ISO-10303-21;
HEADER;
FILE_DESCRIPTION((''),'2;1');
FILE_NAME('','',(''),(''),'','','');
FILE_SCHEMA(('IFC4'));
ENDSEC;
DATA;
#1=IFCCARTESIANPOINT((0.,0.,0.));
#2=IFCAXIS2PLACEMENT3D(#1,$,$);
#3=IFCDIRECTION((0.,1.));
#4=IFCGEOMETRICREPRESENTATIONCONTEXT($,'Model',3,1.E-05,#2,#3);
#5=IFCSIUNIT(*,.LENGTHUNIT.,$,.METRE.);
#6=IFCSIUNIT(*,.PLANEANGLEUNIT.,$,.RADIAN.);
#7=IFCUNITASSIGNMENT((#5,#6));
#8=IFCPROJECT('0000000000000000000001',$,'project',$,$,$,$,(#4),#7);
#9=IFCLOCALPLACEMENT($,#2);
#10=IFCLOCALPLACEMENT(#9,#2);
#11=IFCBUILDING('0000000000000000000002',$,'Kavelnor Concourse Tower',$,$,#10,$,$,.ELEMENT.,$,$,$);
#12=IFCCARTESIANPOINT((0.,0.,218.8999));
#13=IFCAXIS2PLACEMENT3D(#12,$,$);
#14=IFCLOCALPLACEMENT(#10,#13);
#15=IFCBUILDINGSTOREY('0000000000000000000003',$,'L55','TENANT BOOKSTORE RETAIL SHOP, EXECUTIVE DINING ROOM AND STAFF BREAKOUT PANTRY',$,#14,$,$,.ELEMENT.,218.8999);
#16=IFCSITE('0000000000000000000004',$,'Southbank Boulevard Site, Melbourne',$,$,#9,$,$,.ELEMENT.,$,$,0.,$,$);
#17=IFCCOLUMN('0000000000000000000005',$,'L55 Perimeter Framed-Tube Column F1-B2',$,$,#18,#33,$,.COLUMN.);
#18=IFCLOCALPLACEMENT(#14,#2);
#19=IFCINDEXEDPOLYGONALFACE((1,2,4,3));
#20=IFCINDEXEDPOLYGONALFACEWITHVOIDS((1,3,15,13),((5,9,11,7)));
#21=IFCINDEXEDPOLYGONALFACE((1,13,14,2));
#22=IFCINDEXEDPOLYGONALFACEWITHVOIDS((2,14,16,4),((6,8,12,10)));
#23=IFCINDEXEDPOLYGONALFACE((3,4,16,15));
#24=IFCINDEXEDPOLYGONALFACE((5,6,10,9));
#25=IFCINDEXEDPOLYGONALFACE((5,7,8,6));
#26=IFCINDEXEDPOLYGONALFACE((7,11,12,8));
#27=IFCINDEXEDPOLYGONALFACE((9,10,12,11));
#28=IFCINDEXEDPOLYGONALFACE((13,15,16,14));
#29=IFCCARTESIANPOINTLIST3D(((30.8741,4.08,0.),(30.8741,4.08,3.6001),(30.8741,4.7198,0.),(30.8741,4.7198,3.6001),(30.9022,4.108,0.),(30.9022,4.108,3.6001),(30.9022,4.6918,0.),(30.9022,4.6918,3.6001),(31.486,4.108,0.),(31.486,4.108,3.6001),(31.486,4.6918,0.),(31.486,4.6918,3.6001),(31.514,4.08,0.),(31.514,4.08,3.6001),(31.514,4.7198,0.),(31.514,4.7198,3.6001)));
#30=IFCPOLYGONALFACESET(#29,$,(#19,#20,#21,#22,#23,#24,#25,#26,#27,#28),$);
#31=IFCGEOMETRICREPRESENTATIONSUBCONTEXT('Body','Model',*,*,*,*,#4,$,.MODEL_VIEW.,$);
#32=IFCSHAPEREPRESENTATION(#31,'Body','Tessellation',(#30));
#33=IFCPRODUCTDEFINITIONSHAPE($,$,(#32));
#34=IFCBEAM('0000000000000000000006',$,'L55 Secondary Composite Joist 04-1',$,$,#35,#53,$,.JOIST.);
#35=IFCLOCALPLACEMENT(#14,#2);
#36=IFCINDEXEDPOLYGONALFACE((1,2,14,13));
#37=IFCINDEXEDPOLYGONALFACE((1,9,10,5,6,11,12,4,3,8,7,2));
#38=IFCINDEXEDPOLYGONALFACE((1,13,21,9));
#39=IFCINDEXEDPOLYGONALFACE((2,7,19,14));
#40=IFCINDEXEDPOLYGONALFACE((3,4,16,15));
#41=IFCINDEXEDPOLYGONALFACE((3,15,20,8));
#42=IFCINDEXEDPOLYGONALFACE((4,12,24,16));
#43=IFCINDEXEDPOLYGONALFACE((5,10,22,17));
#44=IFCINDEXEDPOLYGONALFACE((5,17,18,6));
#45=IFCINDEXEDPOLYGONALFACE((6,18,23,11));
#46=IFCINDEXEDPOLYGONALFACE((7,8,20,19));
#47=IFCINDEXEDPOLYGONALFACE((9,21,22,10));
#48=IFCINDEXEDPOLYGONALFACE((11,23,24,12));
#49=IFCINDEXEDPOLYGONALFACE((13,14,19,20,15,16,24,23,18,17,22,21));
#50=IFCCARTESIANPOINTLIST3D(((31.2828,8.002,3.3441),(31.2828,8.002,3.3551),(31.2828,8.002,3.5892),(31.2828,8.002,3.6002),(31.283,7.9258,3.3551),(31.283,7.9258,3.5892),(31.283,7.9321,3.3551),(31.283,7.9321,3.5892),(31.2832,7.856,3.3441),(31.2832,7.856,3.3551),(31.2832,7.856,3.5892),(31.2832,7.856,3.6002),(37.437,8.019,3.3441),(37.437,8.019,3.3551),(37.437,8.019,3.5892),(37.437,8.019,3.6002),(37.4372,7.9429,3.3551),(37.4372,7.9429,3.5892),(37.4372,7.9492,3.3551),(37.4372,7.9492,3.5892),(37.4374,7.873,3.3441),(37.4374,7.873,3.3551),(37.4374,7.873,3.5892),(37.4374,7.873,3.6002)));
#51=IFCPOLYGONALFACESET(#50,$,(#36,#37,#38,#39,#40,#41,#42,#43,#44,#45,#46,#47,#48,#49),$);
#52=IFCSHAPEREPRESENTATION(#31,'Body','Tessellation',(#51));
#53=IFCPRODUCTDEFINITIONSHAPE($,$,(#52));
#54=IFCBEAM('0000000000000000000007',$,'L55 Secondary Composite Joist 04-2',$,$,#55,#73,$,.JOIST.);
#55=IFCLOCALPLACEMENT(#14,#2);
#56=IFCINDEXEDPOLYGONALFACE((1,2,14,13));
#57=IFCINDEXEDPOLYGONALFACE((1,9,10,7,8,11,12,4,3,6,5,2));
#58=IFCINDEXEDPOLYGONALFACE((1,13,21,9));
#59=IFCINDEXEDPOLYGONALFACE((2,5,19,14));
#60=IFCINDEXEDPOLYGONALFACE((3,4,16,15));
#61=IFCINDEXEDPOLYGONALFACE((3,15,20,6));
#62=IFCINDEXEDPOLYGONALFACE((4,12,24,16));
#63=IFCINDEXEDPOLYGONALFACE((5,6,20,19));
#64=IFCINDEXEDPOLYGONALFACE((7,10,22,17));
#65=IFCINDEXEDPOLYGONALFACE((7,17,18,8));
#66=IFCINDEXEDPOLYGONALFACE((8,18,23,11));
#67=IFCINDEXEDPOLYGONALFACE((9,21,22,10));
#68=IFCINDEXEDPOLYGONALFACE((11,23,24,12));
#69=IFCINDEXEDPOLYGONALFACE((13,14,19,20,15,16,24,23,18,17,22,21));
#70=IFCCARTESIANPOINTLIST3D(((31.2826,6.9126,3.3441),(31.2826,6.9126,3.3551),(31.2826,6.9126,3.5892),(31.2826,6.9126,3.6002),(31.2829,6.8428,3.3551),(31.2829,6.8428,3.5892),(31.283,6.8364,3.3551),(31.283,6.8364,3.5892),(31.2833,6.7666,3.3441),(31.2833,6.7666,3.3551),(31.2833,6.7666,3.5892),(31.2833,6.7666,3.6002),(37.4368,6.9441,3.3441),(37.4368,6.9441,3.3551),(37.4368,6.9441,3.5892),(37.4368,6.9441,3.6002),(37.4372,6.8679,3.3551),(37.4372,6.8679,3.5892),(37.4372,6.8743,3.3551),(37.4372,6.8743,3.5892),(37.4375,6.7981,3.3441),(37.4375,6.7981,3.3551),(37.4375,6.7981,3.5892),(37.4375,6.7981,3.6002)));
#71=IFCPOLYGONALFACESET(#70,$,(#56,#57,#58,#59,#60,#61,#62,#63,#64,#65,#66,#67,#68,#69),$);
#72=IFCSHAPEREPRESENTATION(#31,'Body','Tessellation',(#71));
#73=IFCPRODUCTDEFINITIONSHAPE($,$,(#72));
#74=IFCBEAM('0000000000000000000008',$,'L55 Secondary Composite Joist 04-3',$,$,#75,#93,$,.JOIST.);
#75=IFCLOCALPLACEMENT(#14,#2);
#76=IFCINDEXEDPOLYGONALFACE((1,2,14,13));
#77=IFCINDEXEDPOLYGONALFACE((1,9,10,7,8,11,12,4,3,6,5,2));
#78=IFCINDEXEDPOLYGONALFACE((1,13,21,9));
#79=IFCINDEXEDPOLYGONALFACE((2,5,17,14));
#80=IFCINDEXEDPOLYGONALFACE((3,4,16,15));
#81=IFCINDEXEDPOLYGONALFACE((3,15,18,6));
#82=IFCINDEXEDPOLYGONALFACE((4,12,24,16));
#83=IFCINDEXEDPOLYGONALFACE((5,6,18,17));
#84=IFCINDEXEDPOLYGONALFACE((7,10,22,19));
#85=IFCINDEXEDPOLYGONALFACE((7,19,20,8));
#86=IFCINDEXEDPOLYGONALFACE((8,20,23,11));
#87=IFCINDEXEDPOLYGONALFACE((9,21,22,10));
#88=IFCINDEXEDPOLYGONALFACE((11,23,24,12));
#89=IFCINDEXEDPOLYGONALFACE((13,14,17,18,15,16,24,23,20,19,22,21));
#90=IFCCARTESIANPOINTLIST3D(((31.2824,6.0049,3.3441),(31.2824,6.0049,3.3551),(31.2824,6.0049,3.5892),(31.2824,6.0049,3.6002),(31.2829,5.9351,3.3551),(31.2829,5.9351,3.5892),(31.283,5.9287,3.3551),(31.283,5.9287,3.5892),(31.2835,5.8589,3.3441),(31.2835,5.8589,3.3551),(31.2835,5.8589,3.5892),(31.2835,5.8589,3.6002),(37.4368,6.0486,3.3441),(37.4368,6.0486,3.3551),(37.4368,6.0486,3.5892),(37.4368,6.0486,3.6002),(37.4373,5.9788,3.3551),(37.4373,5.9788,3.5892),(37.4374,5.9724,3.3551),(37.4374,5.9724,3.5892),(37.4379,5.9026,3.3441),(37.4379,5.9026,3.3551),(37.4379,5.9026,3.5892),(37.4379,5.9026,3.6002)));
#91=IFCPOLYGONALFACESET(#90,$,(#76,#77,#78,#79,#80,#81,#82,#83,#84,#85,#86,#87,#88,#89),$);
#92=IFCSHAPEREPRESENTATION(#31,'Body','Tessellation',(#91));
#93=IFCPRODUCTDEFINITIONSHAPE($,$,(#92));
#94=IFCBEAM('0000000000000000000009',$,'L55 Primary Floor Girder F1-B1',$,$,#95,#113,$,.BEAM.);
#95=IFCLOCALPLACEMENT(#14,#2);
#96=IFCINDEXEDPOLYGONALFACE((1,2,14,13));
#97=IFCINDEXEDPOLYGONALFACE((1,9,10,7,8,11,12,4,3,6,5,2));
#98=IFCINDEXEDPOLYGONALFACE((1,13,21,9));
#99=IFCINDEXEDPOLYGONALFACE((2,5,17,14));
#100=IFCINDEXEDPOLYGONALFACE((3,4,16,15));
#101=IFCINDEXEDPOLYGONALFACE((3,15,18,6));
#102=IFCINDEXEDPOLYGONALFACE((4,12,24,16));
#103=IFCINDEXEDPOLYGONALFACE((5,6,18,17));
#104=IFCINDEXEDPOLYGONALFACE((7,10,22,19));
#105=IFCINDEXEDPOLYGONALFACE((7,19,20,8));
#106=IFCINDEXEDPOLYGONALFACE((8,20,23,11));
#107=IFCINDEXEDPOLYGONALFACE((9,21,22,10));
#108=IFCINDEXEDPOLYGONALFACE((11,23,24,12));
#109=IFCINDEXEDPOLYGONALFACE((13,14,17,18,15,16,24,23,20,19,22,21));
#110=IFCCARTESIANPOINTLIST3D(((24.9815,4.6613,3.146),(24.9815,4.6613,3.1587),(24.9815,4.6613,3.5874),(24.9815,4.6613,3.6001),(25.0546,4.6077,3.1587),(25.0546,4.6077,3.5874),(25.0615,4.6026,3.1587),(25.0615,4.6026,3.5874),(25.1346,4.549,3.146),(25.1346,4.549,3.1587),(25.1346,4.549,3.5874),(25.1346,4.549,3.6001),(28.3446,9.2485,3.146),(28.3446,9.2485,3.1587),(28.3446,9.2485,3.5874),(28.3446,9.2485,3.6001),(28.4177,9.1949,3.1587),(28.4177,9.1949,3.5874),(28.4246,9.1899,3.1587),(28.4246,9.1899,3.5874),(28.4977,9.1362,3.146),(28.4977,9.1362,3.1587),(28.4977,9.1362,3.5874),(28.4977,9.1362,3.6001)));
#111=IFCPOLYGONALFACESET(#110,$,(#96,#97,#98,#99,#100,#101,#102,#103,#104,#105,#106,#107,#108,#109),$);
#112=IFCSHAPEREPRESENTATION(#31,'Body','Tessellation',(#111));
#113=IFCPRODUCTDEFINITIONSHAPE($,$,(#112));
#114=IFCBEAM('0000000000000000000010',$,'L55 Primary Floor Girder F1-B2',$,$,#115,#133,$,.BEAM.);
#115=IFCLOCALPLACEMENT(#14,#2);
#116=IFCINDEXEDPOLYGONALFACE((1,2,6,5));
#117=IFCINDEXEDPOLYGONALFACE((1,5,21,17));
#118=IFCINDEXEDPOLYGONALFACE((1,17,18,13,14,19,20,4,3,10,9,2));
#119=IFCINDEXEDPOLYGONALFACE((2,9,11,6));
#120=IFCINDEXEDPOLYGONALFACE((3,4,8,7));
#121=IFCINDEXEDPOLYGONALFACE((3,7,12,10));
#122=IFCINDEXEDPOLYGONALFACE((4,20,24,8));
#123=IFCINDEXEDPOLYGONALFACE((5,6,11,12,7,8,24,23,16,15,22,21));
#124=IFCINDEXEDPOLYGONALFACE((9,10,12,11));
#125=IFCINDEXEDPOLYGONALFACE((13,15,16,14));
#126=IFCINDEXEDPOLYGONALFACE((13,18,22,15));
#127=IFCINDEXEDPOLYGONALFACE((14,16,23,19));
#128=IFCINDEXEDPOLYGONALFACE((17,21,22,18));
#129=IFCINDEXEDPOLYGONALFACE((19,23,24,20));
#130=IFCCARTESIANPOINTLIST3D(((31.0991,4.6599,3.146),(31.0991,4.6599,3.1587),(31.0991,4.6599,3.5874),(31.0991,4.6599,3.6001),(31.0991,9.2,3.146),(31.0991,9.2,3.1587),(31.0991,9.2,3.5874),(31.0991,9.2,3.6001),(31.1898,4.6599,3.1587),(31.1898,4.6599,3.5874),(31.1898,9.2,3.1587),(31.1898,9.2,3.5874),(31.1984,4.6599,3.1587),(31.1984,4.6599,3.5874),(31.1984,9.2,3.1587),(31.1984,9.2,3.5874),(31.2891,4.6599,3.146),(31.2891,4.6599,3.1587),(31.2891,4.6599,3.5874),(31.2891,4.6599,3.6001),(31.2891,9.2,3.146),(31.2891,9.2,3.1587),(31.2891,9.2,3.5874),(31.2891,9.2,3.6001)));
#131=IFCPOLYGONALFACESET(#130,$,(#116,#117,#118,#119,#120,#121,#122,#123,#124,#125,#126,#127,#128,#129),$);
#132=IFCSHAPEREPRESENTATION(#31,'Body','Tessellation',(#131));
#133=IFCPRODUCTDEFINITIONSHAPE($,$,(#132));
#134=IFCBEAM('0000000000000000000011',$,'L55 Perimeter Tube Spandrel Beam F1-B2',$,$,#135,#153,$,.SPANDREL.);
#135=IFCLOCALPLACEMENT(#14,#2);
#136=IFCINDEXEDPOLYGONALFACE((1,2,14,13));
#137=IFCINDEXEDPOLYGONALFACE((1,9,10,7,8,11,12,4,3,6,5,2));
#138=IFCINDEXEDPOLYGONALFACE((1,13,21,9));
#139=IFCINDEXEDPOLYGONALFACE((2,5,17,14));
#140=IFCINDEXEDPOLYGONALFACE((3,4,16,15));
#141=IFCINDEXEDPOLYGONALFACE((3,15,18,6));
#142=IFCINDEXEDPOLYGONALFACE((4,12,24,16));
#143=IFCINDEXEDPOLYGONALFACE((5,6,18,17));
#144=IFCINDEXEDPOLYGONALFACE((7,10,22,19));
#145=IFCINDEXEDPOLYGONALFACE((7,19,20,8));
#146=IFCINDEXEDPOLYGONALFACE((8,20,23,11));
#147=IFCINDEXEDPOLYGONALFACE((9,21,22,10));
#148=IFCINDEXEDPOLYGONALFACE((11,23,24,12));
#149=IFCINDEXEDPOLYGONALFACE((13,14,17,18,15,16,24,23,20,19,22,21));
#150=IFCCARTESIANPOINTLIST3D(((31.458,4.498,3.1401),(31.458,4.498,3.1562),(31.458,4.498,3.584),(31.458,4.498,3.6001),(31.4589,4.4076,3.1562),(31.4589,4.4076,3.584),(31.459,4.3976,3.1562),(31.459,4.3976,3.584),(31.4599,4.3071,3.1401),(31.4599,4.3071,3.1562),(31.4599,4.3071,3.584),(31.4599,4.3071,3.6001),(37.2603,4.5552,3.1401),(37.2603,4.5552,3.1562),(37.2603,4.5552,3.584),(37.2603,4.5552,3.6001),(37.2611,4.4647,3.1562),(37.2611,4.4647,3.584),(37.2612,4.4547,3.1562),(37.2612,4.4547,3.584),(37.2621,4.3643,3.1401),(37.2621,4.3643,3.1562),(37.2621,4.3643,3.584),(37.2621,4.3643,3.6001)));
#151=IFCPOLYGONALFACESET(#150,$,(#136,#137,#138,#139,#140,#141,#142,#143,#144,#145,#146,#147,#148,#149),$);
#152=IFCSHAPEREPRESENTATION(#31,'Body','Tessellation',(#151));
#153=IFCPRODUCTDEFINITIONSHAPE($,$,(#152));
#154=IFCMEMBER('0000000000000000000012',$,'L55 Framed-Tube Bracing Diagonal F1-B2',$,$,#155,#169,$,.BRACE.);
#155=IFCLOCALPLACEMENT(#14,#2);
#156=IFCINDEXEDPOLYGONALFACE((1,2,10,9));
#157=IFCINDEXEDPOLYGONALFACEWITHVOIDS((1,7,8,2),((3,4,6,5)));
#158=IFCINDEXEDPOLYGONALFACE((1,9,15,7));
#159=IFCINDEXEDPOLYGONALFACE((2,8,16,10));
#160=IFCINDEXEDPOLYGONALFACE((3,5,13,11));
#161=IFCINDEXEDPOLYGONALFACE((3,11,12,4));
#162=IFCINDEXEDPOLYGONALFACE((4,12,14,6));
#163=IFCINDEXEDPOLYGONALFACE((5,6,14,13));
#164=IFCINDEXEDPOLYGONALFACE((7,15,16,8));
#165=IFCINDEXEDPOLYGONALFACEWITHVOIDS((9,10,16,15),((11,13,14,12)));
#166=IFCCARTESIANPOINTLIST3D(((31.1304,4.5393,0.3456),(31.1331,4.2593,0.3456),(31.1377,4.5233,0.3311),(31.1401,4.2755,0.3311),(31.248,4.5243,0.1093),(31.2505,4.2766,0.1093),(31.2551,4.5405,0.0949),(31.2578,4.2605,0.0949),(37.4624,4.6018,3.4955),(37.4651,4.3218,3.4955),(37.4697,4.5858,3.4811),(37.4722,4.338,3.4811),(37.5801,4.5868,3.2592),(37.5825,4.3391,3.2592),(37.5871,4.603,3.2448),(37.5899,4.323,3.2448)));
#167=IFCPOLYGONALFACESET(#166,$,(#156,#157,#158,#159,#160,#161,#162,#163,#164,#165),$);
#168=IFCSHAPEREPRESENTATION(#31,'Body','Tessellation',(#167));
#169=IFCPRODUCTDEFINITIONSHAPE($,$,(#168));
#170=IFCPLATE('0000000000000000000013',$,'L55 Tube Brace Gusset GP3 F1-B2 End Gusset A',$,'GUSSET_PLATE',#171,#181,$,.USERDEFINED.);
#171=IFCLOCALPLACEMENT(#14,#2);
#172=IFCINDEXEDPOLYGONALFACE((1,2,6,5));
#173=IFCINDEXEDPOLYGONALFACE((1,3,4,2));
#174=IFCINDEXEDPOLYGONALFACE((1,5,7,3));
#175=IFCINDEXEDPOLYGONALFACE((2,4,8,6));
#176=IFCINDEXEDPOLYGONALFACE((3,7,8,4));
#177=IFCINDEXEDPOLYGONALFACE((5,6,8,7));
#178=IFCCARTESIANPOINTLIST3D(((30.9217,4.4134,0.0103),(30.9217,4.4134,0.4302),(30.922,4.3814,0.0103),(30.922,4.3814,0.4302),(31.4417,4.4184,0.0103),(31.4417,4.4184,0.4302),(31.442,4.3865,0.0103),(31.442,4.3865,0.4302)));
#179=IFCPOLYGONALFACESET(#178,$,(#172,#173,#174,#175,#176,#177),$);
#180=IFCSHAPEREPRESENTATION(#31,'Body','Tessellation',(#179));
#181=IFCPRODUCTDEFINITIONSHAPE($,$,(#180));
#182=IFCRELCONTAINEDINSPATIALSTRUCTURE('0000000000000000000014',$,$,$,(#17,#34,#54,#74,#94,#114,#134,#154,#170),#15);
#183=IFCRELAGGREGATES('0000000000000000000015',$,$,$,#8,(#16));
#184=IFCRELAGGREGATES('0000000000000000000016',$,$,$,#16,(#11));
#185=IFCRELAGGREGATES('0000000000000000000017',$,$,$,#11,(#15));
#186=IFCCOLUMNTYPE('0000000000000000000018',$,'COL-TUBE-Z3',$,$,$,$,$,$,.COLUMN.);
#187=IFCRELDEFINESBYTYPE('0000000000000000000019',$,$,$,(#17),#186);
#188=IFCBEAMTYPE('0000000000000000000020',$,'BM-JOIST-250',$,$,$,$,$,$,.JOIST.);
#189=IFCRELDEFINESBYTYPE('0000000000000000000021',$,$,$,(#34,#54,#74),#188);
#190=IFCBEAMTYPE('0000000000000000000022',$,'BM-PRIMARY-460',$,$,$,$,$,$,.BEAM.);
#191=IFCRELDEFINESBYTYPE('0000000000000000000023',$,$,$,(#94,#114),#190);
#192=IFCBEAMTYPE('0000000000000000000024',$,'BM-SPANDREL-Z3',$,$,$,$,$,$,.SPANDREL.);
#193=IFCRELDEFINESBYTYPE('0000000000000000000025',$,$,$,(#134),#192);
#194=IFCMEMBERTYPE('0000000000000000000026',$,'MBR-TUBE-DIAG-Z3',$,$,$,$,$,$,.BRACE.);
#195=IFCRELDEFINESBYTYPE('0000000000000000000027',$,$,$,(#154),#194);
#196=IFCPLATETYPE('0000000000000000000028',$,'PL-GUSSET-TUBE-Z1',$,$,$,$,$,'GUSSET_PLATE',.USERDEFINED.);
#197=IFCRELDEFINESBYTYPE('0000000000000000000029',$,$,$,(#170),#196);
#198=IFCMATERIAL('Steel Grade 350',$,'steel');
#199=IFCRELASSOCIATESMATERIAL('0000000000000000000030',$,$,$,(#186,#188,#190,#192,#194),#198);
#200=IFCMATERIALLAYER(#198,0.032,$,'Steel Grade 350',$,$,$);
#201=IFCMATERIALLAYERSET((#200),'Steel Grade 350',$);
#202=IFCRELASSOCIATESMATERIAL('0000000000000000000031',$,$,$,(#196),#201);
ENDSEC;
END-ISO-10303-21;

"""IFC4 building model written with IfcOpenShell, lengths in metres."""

from ifc_helpers import new_model, si_unit, direction, frame, origin, origin_2d, place, context, subcontext, project, spatial, rectangle, hollow_rectangle, i_section, extrude, material, layer, layer_set, material_profile, profile_set, type_object, element, save


model = new_model("IFC4")

# Units and contexts
model_context = context("Model", 3, precision=1e-05, world=origin(), true_north=direction((0.0, 1.0)))
body_context = subcontext(model_context, "Body", "Model", "MODEL_VIEW")
ifc_project = project(units=[si_unit("LENGTHUNIT", "METRE"), si_unit("PLANEANGLEUNIT", "RADIAN")], contexts=[model_context])

# Site, building, storey
site_placement = place(None, origin())
site = spatial("IfcSite", under=ifc_project, at=site_placement, Name="Southbank Boulevard Site, Melbourne", CompositionType="ELEMENT", RefElevation=0.0)
building_placement = place(site_placement, origin())
building = spatial("IfcBuilding", under=site, at=building_placement, Name="Kavelnor Concourse Tower", CompositionType="ELEMENT")
storey_placement = place(building_placement, frame((0.0, 0.0, 218.8999)))
storey = spatial("IfcBuildingStorey", under=building, at=storey_placement, Name="L55", Description="TENANT BOOKSTORE RETAIL SHOP, EXECUTIVE DINING ROOM AND STAFF BREAKOUT PANTRY", CompositionType="ELEMENT", Elevation=218.8999)

# Column
ifc_material_1 = material(Name="Steel Grade 350", Category="steel")
ifc_material_profile_1 = material_profile(ifc_material_1, hollow_rectangle(XDim=0.6399, YDim=0.6399, WallThickness=0.0281, at=origin_2d()), Name="SHS 640x640x28")
ifc_profile_set_1 = profile_set([ifc_material_profile_1], Name="Steel Grade 350")
column_type = type_object("IfcColumnType", Name="COL-TUBE-Z3", PredefinedType="COLUMN", material=ifc_profile_set_1)
column_placement = place(storey_placement, frame((31.1941, 4.3999, 0.0), z_axis=(0.0, 0.0, 1.0), x_axis=(1.0, 0.0, 0.0)))
element("IfcColumn", 1, at=column_placement, inside=storey, type_object=column_type, Name="L55 Perimeter Framed-Tube Column F1-B2", PredefinedType="COLUMN", context=body_context, shape_type="SweptSolid", body=[
    extrude(hollow_rectangle(XDim=0.6399, YDim=0.6399, WallThickness=0.0281, at=origin_2d()), origin(), (0.0, 0.0, 1.0), 3.6001),
])

# Beams
ifc_material_profile_2 = material_profile(ifc_material_1, i_section(OverallWidth=0.146, OverallDepth=0.2561, WebThickness=0.0063, FlangeThickness=0.011, at=origin_2d()), Name="250UB37")
ifc_profile_set_2 = profile_set([ifc_material_profile_2], Name="Steel Grade 350")
beam_type_1 = type_object("IfcBeamType", Name="BM-JOIST-250", PredefinedType="JOIST", material=ifc_profile_set_2)
for number, where, z_axis, x_axis, name in (
    (2, (31.283, 7.929, 3.4722), (0.999996, 0.002777, 0.0), (-0.002777, 0.999996, 0.0), "L55 Secondary Composite Joist 04-1"),
    (3, (31.283, 6.8396, 3.4722), (0.999987, 0.005117, 0.0), (-0.005117, 0.999987, 0.0), "L55 Secondary Composite Joist 04-2"),
):
    element("IfcBeam", number, at=place(storey_placement, frame(where, z_axis=z_axis, x_axis=x_axis)), inside=storey, type_object=beam_type_1, Name=name, PredefinedType="JOIST", context=body_context, shape_type="SweptSolid", body=[
        extrude(i_section(OverallWidth=0.146, OverallDepth=0.2561, WebThickness=0.0063, FlangeThickness=0.011, at=origin_2d()), origin(), (0.0, 0.0, 1.0), 6.1543),
    ])
beam_1_placement = place(storey_placement, frame((31.283, 5.9319, 3.4722), z_axis=(0.999975, 0.007101, 0.0), x_axis=(-0.007101, 0.999975, 0.0)))
element("IfcBeam", 4, at=beam_1_placement, inside=storey, type_object=beam_type_1, Name="L55 Secondary Composite Joist 04-3", PredefinedType="JOIST", context=body_context, shape_type="SweptSolid", body=[
    extrude(i_section(OverallWidth=0.146, OverallDepth=0.2561, WebThickness=0.0063, FlangeThickness=0.011, at=origin_2d()), origin(), (0.0, 0.0, 1.0), 6.1545),
])
ifc_material_profile_3 = material_profile(ifc_material_1, i_section(OverallWidth=0.1899, OverallDepth=0.4541, WebThickness=0.0085, FlangeThickness=0.0127, at=origin_2d()), Name="460UB67")
ifc_profile_set_3 = profile_set([ifc_material_profile_3], Name="Steel Grade 350")
beam_type_2 = type_object("IfcBeamType", Name="BM-PRIMARY-460", PredefinedType="BEAM", material=ifc_profile_set_3)
beam_2_placement = place(storey_placement, frame((28.4211, 9.1924, 3.373), z_axis=(-0.591263, -0.806479, 0.0), x_axis=(0.806479, -0.591263, 0.0)))
element("IfcBeam", 5, at=beam_2_placement, inside=storey, type_object=beam_type_2, Name="L55 Primary Floor Girder F1-B1", PredefinedType="BEAM", context=body_context, shape_type="SweptSolid", body=[
    extrude(i_section(OverallWidth=0.1899, OverallDepth=0.4541, WebThickness=0.0085, FlangeThickness=0.0127, at=origin_2d()), origin(), (0.0, 0.0, 1.0), 5.688),
])
beam_3_placement = place(storey_placement, frame((31.1941, 9.2, 3.373), z_axis=(0.0, -1.0, 0.0), x_axis=(1.0, 0.0, 0.0)))
element("IfcBeam", 6, at=beam_3_placement, inside=storey, type_object=beam_type_2, Name="L55 Primary Floor Girder F1-B2", PredefinedType="BEAM", context=body_context, shape_type="SweptSolid", body=[
    extrude(i_section(OverallWidth=0.1899, OverallDepth=0.4541, WebThickness=0.0085, FlangeThickness=0.0127, at=origin_2d()), origin(), (0.0, 0.0, 1.0), 4.54),
])
ifc_material_profile_4 = material_profile(ifc_material_1, i_section(OverallWidth=0.1909, OverallDepth=0.46, WebThickness=0.01, FlangeThickness=0.0161, at=origin_2d()), Name="460UB82")
ifc_profile_set_4 = profile_set([ifc_material_profile_4], Name="Steel Grade 350")
beam_type_3 = type_object("IfcBeamType", Name="BM-SPANDREL-Z3", PredefinedType="SPANDREL", material=ifc_profile_set_4)
beam_4_placement = place(storey_placement, frame((31.459, 4.4026, 3.3701), z_axis=(0.999952, 0.009846, 0.0), x_axis=(-0.009846, 0.999952, 0.0)))
element("IfcBeam", 7, at=beam_4_placement, inside=storey, type_object=beam_type_3, Name="L55 Perimeter Tube Spandrel Beam F1-B2", PredefinedType="SPANDREL", context=body_context, shape_type="SweptSolid", body=[
    extrude(i_section(OverallWidth=0.1909, OverallDepth=0.46, WebThickness=0.01, FlangeThickness=0.0161, at=origin_2d()), origin(), (0.0, 0.0, 1.0), 5.8025),
])

# Member
ifc_material_profile_5 = material_profile(ifc_material_1, hollow_rectangle(XDim=0.28, YDim=0.28, WallThickness=0.0161, at=origin_2d()), Name="SHS 280x280x16")
ifc_profile_set_5 = profile_set([ifc_material_profile_5], Name="Steel Grade 350")
member_type = type_object("IfcMemberType", Name="MBR-TUBE-DIAG-Z3", PredefinedType="BRACE", material=ifc_profile_set_5)
member_placement = place(storey_placement, frame((31.1941, 4.3999, 0.2202), z_axis=(0.895302, 0.008837, 0.445373), x_axis=(-0.00987, 0.999951, 0.0)))
element("IfcMember", 8, at=member_placement, inside=storey, type_object=member_type, Name="L55 Framed-Tube Bracing Diagonal F1-B2", PredefinedType="BRACE", context=body_context, shape_type="SweptSolid", body=[
    extrude(hollow_rectangle(XDim=0.28, YDim=0.28, WallThickness=0.0161, at=origin_2d()), origin(), (0.0, 0.0, 1.0), 7.0725),
])

# Plate
ifc_layer_1 = layer(ifc_material_1, 0.032, Name="Steel Grade 350")
ifc_layer_set_1 = layer_set([ifc_layer_1], Name="Steel Grade 350")
plate_type = type_object("IfcPlateType", Name="PL-GUSSET-TUBE-Z1", ElementType="GUSSET_PLATE", PredefinedType="USERDEFINED", material=ifc_layer_set_1)
plate_placement = place(storey_placement, frame((31.1819, 4.3999, 0.0103), z_axis=(0.0, 0.0, 1.0), x_axis=(0.999952, 0.009774, 0.0)))
element("IfcPlate", 9, at=plate_placement, inside=storey, type_object=plate_type, Name="L55 Tube Brace Gusset GP3 F1-B2 End Gusset A", ObjectType="GUSSET_PLATE", PredefinedType="USERDEFINED", context=body_context, shape_type="SweptSolid", body=[
    extrude(rectangle(XDim=0.52, YDim=0.032, at=origin_2d()), origin(), (0.0, 0.0, 1.0), 0.4199),
])

save(model, "model.ifc")
